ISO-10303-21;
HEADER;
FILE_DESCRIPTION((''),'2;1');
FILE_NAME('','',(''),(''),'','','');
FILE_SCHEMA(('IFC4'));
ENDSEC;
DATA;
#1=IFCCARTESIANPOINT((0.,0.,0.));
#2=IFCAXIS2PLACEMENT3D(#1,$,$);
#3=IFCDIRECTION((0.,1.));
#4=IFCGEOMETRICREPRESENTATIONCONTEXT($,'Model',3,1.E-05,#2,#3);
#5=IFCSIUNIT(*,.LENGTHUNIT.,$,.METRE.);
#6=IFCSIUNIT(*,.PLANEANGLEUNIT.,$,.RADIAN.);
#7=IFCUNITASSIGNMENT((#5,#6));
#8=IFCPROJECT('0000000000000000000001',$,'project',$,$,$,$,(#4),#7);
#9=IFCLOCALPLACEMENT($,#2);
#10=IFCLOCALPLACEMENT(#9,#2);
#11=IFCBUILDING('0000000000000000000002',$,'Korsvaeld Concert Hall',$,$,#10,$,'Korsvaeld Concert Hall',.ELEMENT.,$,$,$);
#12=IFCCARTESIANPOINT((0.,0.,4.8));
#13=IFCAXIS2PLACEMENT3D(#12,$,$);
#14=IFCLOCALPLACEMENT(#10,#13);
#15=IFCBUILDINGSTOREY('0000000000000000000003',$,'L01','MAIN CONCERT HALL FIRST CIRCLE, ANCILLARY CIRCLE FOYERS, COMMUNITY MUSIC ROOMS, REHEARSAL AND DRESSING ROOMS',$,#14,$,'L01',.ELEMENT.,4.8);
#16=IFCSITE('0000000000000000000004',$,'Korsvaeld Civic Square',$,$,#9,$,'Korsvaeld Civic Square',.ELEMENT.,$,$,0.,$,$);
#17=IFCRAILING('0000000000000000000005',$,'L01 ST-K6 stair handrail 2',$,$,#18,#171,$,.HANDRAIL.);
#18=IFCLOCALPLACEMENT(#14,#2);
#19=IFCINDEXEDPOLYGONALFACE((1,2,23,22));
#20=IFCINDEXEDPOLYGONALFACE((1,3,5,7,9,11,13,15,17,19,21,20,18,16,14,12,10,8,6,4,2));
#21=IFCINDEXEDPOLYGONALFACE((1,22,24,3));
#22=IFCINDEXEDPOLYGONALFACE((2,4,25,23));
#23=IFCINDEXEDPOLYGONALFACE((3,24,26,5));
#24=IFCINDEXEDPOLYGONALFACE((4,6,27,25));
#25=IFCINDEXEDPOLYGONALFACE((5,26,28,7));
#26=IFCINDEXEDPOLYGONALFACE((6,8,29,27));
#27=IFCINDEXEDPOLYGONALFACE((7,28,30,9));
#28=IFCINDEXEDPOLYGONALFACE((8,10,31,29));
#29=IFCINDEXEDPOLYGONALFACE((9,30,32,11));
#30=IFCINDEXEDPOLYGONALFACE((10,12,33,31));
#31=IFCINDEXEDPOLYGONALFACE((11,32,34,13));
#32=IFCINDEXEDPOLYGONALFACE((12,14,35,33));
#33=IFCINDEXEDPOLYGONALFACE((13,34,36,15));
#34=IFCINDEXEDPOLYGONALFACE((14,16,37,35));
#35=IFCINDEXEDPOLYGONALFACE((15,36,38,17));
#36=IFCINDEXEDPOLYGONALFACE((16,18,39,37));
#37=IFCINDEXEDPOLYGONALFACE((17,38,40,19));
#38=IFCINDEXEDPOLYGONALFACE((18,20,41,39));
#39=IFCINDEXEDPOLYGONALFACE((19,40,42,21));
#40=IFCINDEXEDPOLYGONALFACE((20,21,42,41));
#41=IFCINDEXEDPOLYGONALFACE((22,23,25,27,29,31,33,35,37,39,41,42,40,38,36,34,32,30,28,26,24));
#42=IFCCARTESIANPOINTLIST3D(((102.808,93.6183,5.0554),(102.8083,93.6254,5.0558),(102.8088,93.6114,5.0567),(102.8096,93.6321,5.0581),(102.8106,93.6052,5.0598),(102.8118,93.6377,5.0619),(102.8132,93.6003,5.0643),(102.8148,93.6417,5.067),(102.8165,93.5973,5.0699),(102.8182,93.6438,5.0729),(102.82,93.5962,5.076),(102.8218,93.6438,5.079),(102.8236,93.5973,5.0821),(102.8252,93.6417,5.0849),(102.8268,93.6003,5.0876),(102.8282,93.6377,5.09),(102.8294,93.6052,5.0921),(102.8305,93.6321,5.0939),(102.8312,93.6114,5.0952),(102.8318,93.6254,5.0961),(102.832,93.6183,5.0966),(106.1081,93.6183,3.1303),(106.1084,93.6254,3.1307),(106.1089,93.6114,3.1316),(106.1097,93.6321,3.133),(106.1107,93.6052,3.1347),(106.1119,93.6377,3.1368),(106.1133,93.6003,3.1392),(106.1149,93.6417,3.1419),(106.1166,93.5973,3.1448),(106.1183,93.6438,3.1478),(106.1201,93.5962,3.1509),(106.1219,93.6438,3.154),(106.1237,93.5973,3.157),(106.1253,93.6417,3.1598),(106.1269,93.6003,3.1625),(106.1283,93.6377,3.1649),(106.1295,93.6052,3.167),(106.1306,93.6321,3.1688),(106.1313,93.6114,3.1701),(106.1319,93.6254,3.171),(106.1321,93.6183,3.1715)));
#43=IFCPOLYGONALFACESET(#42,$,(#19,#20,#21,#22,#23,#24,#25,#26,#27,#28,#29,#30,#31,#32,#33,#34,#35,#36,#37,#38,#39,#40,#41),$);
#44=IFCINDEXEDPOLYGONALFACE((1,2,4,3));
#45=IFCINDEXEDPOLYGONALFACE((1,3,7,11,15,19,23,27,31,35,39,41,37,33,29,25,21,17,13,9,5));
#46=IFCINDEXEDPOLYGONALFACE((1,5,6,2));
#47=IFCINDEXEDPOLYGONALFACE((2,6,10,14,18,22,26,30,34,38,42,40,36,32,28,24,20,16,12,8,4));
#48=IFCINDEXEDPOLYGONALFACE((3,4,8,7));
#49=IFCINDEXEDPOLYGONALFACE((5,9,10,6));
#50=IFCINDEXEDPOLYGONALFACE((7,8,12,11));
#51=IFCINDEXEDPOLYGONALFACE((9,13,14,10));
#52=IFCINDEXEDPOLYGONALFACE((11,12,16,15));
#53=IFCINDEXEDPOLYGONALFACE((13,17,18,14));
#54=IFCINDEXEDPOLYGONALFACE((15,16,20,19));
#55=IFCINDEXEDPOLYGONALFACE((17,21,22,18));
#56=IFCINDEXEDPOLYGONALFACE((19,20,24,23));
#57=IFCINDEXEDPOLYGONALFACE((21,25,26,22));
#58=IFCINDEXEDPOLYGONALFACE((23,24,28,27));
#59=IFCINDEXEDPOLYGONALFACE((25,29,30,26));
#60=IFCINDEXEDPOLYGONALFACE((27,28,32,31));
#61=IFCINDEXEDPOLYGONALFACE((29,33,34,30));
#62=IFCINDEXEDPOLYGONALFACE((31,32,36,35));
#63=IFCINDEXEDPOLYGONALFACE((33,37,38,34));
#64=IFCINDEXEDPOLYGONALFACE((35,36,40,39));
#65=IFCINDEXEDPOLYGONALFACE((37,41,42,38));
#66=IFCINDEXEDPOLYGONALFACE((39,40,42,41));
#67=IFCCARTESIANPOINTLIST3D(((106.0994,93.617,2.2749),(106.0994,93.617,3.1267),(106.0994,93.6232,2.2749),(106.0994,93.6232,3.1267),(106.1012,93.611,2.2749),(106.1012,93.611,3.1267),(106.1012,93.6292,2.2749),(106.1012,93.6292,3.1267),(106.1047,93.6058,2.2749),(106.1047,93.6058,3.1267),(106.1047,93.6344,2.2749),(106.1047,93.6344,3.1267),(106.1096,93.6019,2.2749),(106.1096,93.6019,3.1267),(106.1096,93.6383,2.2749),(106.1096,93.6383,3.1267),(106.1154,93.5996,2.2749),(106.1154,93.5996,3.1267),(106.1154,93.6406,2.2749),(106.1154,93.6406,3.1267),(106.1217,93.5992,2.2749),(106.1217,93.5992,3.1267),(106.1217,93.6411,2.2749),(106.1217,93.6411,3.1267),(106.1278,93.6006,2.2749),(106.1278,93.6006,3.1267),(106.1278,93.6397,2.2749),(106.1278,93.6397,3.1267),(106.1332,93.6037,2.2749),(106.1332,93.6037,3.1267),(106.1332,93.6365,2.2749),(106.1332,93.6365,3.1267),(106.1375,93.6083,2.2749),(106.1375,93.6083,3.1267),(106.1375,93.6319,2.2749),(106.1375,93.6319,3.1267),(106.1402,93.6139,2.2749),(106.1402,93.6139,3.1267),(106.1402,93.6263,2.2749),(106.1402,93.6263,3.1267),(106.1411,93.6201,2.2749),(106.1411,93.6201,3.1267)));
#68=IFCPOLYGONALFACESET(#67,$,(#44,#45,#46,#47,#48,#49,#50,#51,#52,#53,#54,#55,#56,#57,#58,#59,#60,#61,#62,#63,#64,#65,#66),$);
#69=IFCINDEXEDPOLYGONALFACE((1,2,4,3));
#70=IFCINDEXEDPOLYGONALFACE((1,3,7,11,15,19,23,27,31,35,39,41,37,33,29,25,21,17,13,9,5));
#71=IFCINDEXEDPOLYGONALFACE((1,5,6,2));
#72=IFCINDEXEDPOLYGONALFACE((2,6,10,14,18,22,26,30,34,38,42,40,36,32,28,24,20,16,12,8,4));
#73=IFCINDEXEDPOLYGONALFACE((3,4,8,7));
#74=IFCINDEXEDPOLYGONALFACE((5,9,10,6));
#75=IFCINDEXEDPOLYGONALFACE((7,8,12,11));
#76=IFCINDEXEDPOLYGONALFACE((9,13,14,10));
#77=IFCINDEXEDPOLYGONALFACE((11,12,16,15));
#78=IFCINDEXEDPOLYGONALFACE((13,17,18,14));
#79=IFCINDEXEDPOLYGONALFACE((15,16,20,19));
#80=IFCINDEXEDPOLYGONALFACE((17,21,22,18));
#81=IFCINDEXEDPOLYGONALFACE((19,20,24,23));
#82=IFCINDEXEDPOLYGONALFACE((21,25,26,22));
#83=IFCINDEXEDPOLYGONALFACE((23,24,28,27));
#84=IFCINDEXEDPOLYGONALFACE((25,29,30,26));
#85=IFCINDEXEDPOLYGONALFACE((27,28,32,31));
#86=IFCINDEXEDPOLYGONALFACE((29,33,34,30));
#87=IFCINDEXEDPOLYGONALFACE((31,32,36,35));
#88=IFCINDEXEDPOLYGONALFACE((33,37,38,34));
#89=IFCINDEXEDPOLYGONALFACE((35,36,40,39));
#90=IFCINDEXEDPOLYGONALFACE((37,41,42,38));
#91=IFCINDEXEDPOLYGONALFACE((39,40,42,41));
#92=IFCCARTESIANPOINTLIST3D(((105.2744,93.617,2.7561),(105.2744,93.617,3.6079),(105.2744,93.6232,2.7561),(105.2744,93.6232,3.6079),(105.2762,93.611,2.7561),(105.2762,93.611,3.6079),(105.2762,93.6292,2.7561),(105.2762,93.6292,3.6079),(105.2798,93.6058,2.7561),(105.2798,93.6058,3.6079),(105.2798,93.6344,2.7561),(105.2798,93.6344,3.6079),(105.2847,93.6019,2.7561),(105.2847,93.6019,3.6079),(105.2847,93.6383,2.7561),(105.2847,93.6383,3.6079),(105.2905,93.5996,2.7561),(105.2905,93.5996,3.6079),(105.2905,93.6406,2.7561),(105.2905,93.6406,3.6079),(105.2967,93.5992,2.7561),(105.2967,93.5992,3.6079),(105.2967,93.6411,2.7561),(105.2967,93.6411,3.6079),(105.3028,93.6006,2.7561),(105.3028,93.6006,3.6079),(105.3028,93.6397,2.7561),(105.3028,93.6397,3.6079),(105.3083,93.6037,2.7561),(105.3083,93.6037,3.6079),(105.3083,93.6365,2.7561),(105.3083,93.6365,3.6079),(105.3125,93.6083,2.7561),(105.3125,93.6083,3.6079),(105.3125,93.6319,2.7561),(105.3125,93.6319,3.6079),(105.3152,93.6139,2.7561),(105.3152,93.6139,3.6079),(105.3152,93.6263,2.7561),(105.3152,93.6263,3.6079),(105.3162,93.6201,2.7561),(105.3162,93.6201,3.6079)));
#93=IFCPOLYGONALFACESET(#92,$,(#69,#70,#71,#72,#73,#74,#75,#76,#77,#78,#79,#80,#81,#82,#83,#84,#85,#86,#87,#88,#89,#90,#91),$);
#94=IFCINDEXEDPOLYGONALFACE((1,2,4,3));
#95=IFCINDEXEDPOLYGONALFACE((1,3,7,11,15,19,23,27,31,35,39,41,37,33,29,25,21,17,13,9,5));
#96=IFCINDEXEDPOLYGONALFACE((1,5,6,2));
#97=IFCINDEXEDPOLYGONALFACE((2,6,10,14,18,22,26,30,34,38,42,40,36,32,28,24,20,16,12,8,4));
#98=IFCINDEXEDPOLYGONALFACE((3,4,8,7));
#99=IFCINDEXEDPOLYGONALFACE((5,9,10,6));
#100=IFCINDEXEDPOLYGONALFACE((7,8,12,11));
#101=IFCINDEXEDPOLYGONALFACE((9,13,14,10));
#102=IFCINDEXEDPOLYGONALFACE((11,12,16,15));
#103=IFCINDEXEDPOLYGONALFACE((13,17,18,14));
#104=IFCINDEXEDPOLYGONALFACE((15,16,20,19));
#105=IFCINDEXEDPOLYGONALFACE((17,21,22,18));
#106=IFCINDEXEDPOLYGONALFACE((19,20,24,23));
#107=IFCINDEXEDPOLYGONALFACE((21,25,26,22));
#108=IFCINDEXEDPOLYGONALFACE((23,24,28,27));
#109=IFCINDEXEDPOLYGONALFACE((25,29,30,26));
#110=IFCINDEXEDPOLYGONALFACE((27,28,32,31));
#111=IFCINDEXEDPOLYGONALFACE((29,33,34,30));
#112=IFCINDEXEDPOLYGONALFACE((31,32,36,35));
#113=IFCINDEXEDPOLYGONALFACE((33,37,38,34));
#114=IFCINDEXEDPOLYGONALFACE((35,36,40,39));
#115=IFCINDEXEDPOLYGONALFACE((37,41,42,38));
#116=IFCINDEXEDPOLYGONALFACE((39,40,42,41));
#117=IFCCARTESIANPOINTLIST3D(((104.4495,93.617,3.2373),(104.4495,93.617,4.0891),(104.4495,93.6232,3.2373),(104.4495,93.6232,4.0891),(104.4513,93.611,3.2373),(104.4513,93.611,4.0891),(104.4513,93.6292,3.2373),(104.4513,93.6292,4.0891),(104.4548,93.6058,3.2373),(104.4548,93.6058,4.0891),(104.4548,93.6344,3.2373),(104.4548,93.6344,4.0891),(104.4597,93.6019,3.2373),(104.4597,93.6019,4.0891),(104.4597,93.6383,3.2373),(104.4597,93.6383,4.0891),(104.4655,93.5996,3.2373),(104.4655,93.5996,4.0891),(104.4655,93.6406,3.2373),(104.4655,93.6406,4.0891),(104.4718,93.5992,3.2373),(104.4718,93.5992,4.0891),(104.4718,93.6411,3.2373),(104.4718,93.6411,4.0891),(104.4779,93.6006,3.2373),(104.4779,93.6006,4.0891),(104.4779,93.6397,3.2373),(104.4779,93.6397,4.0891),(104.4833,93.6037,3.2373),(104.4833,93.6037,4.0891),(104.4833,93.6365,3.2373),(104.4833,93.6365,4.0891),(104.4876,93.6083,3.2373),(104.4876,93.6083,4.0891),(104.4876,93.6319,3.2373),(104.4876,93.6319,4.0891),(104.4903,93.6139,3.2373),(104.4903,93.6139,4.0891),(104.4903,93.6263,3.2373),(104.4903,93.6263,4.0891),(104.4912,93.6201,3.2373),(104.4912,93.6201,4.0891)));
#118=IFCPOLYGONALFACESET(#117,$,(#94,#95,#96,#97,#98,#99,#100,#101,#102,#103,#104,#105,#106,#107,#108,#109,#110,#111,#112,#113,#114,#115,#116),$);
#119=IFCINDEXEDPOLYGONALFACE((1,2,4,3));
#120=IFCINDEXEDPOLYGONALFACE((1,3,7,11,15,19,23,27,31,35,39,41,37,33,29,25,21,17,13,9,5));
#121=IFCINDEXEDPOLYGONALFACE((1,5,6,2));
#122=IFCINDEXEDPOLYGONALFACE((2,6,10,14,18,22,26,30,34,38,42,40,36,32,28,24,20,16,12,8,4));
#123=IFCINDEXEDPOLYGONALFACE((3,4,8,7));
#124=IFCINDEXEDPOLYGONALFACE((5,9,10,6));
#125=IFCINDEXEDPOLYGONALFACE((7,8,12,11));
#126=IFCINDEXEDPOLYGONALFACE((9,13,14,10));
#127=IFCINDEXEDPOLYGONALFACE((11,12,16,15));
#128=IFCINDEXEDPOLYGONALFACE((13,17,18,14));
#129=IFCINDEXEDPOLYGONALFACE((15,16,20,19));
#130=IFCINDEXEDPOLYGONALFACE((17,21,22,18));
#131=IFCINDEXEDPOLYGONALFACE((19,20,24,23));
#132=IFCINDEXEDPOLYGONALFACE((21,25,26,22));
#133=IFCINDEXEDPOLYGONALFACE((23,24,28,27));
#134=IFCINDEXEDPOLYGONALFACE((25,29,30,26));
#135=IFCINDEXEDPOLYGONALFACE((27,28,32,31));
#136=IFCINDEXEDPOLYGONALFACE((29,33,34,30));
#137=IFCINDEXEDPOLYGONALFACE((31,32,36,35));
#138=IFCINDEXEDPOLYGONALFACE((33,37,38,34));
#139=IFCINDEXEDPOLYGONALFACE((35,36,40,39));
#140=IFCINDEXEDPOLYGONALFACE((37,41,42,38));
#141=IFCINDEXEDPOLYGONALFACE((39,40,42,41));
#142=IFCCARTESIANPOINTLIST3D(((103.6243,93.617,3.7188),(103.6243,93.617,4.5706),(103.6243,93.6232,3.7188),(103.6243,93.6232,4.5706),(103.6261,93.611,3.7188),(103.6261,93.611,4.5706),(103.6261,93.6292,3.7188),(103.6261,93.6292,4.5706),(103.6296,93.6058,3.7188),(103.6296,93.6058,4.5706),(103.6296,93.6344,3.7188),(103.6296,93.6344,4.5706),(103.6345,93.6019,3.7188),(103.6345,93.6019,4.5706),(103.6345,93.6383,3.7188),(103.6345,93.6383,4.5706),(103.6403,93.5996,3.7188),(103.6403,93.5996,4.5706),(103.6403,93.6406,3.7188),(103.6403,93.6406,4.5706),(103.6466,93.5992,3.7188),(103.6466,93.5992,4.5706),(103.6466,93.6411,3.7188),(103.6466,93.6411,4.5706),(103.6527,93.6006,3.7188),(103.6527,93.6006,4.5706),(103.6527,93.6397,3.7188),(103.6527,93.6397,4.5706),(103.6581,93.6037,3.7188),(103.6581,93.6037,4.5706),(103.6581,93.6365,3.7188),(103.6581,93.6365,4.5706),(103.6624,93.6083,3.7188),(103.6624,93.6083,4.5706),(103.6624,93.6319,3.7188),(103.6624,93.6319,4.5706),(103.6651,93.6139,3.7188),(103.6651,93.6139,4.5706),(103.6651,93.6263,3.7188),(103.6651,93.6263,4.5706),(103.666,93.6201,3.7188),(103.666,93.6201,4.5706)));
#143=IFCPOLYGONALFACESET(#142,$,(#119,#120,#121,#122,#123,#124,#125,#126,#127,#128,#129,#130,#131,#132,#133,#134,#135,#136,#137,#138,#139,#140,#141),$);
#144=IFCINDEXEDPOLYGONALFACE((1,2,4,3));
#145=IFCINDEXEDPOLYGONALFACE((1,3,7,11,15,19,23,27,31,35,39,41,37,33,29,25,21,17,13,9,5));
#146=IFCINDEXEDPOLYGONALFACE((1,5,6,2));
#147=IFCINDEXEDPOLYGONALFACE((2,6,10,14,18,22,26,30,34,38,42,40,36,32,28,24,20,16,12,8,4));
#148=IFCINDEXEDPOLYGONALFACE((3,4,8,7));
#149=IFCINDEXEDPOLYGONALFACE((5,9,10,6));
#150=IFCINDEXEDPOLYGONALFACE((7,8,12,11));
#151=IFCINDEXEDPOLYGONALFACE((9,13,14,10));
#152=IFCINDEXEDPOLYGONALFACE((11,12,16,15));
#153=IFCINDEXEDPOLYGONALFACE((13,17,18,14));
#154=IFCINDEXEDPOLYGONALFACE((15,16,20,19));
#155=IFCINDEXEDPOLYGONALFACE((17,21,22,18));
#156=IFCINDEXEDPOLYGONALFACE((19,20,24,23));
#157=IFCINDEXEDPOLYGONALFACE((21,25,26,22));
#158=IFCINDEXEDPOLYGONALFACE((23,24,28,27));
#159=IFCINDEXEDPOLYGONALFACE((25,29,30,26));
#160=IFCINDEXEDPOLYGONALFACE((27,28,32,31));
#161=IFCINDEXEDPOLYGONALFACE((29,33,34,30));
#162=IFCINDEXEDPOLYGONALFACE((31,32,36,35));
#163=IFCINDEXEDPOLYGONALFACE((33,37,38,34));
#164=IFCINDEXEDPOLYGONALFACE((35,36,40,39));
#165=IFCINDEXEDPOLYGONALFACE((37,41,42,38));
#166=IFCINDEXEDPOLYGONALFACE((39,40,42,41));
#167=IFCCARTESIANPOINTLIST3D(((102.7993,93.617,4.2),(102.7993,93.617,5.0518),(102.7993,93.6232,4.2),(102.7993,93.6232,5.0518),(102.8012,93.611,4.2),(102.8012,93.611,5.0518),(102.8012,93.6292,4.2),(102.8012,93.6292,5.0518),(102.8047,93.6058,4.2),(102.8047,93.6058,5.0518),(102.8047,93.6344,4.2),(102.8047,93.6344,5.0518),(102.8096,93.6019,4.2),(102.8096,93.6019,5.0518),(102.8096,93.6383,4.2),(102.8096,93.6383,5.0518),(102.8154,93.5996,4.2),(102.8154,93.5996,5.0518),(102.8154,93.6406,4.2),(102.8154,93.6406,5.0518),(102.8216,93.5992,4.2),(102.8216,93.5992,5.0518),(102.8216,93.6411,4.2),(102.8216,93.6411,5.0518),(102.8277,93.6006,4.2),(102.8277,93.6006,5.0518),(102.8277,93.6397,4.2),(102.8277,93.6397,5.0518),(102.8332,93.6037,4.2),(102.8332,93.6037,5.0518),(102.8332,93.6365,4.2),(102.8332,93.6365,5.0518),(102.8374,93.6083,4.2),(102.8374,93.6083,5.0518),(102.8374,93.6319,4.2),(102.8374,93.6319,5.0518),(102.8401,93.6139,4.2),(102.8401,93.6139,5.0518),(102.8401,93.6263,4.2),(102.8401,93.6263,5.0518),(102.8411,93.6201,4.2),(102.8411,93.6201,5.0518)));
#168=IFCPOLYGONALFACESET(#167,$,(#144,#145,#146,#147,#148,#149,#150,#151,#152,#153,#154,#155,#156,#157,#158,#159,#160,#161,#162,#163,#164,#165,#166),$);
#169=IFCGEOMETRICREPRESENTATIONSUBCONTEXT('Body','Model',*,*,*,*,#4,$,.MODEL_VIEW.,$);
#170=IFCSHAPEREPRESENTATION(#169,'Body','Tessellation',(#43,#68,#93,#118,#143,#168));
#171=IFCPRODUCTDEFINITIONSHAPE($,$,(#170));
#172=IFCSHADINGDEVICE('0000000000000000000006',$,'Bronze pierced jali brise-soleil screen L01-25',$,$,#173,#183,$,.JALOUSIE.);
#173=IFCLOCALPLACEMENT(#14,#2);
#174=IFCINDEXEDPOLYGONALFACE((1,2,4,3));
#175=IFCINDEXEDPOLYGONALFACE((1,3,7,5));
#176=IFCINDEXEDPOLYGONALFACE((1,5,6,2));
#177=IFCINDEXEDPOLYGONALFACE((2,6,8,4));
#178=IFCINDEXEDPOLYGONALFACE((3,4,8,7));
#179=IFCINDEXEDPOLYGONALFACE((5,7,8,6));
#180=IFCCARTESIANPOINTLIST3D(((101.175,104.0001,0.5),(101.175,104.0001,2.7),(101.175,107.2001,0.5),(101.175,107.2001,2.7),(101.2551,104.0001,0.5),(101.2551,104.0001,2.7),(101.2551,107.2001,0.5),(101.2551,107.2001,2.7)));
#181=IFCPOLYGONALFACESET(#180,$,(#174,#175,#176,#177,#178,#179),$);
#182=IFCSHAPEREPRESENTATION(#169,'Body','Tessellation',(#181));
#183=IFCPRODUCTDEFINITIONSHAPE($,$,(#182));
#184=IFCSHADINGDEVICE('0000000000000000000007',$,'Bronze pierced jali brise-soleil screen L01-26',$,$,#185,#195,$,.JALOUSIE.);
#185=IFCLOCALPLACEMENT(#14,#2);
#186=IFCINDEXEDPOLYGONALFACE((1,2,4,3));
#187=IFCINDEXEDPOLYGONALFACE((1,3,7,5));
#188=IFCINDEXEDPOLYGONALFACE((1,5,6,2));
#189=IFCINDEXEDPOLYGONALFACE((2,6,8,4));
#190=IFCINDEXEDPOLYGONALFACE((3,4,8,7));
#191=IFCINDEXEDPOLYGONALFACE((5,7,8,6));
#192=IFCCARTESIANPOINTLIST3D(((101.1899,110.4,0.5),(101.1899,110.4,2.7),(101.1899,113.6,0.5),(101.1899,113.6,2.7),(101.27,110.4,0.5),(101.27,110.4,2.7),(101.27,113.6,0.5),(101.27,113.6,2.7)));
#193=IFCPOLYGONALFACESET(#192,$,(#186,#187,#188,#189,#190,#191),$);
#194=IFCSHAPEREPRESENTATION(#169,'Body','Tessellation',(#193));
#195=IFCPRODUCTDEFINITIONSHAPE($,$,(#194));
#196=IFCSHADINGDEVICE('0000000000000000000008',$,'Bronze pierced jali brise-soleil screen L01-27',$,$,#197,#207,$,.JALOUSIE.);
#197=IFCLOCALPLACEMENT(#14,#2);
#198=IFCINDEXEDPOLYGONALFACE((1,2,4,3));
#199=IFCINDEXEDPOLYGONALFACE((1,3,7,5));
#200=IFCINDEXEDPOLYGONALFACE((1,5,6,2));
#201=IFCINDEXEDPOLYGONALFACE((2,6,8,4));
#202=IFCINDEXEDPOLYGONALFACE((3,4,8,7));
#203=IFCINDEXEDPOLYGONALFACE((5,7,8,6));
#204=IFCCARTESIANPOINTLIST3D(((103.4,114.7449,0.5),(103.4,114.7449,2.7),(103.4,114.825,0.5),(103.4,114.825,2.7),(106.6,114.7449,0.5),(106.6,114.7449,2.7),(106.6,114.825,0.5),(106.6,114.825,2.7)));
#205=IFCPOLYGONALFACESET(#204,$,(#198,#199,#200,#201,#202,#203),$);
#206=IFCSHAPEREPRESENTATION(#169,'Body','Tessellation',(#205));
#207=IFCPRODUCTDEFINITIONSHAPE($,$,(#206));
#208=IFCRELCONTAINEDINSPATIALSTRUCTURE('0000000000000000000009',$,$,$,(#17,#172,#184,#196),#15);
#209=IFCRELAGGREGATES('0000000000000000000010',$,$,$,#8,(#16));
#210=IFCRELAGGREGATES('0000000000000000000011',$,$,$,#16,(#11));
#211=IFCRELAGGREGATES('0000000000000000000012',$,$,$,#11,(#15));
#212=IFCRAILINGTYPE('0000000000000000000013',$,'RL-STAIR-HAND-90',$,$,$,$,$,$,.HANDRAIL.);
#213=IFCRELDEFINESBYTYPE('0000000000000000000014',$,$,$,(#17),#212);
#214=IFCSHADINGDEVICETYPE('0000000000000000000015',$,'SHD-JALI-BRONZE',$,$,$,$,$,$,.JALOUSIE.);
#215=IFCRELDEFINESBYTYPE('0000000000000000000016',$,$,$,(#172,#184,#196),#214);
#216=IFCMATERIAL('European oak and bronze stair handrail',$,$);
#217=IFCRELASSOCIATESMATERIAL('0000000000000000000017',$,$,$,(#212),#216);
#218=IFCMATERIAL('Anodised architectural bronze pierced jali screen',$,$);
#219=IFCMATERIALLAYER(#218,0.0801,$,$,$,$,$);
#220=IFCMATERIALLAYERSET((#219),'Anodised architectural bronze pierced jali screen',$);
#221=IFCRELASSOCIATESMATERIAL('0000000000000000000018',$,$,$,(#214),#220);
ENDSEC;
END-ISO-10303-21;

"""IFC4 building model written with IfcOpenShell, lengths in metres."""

from ifc_helpers import new_model, si_unit, direction, frame, origin, origin_2d, place, context, subcontext, project, spatial, rectangle, circle, extrude, material, layer, layer_set, type_object, element, save


model = new_model("IFC4")

# Units and contexts
model_context = context("Model", 3, precision=1e-05, world=origin(), true_north=direction((0.0, 1.0)))
body_context = subcontext(model_context, "Body", "Model", "MODEL_VIEW")
ifc_project = project(units=[si_unit("LENGTHUNIT", "METRE"), si_unit("PLANEANGLEUNIT", "RADIAN")], contexts=[model_context])

# Site, building, storey
site_placement = place(None, origin())
site = spatial("IfcSite", under=ifc_project, at=site_placement, Name="Korsvaeld Civic Square", LongName="Korsvaeld Civic Square", CompositionType="ELEMENT", RefElevation=0.0)
building_placement = place(site_placement, origin())
building = spatial("IfcBuilding", under=site, at=building_placement, Name="Korsvaeld Concert Hall", LongName="Korsvaeld Concert Hall", CompositionType="ELEMENT")
storey_placement = place(building_placement, frame((0.0, 0.0, 4.8)))
storey = spatial("IfcBuildingStorey", under=building, at=storey_placement, Name="L01", Description="MAIN CONCERT HALL FIRST CIRCLE, ANCILLARY CIRCLE FOYERS, COMMUNITY MUSIC ROOMS, REHEARSAL AND DRESSING ROOMS", LongName="L01", CompositionType="ELEMENT", Elevation=4.8)

# Railing
ifc_material_1 = material(Name="European oak and bronze stair handrail")
railing_type_1 = type_object("IfcRailingType", Name="RL-STAIR-HAND-90", PredefinedType="HANDRAIL", material=ifc_material_1)
railing_1_placement = place(storey_placement, frame((106.1201, 93.6201, 2.2749)))
element("IfcRailing", 1, at=railing_1_placement, inside=storey, type_object=railing_type_1, Name="L01 ST-K6 stair handrail 2", PredefinedType="HANDRAIL", context=body_context, shape_type="SweptSolid", body=[
    extrude(circle(Radius=0.0239, at=origin_2d()), frame((0.0, 0.0, 0.876), z_axis=(-0.863777, 0.0, 0.503875), x_axis=(0.0, -1.0, 0.0)), (0.0, 0.0, 1.0), 3.8206),
    extrude(circle(Radius=0.021, at=origin_2d()), origin(), (0.0, 0.0, 1.0), 0.8518),
    extrude(circle(Radius=0.021, at=origin_2d()), frame((-0.825, 0.0, 0.4812)), (0.0, 0.0, 1.0), 0.8518),
    extrude(circle(Radius=0.021, at=origin_2d()), frame((-1.6499, 0.0, 0.9624)), (0.0, 0.0, 1.0), 0.8518),
    extrude(circle(Radius=0.021, at=origin_2d()), frame((-2.4751, 0.0, 1.4438)), (0.0, 0.0, 1.0), 0.8518),
    extrude(circle(Radius=0.021, at=origin_2d()), frame((-3.3, 0.0, 1.925)), (0.0, 0.0, 1.0), 0.8518),
])

# Shading devices
ifc_material_2 = material(Name="Anodised architectural bronze pierced jali screen")
ifc_layer_1 = layer(ifc_material_2, 0.0801)
ifc_layer_set_1 = layer_set([ifc_layer_1], Name="Anodised architectural bronze pierced jali screen")
shading_device_type = type_object("IfcShadingDeviceType", Name="SHD-JALI-BRONZE", PredefinedType="JALOUSIE", material=ifc_layer_set_1)
for number, where, z_axis, x_axis, name in (
    (2, (101.2151, 105.6001, 0.5), (0.0, 0.0, 1.0), (0.0, 1.0, 0.0), "Bronze pierced jali brise-soleil screen L01-25"),
    (3, (101.23, 112.0, 0.5), (0.0, 0.0, 1.0), (0.0, 1.0, 0.0), "Bronze pierced jali brise-soleil screen L01-26"),
    (4, (105.0, 114.7849, 0.5), (0.0, 0.0, 1.0), (1.0, 0.0, 0.0), "Bronze pierced jali brise-soleil screen L01-27"),
):
    element("IfcShadingDevice", number, at=place(storey_placement, frame(where, z_axis=z_axis, x_axis=x_axis)), inside=storey, type_object=shading_device_type, Name=name, PredefinedType="JALOUSIE", context=body_context, shape_type="SweptSolid", body=[
        extrude(rectangle(XDim=3.2, YDim=0.0801, at=origin_2d()), origin(), (0.0, 0.0, 1.0), 2.2),
    ])

save(model, "model.ifc")
